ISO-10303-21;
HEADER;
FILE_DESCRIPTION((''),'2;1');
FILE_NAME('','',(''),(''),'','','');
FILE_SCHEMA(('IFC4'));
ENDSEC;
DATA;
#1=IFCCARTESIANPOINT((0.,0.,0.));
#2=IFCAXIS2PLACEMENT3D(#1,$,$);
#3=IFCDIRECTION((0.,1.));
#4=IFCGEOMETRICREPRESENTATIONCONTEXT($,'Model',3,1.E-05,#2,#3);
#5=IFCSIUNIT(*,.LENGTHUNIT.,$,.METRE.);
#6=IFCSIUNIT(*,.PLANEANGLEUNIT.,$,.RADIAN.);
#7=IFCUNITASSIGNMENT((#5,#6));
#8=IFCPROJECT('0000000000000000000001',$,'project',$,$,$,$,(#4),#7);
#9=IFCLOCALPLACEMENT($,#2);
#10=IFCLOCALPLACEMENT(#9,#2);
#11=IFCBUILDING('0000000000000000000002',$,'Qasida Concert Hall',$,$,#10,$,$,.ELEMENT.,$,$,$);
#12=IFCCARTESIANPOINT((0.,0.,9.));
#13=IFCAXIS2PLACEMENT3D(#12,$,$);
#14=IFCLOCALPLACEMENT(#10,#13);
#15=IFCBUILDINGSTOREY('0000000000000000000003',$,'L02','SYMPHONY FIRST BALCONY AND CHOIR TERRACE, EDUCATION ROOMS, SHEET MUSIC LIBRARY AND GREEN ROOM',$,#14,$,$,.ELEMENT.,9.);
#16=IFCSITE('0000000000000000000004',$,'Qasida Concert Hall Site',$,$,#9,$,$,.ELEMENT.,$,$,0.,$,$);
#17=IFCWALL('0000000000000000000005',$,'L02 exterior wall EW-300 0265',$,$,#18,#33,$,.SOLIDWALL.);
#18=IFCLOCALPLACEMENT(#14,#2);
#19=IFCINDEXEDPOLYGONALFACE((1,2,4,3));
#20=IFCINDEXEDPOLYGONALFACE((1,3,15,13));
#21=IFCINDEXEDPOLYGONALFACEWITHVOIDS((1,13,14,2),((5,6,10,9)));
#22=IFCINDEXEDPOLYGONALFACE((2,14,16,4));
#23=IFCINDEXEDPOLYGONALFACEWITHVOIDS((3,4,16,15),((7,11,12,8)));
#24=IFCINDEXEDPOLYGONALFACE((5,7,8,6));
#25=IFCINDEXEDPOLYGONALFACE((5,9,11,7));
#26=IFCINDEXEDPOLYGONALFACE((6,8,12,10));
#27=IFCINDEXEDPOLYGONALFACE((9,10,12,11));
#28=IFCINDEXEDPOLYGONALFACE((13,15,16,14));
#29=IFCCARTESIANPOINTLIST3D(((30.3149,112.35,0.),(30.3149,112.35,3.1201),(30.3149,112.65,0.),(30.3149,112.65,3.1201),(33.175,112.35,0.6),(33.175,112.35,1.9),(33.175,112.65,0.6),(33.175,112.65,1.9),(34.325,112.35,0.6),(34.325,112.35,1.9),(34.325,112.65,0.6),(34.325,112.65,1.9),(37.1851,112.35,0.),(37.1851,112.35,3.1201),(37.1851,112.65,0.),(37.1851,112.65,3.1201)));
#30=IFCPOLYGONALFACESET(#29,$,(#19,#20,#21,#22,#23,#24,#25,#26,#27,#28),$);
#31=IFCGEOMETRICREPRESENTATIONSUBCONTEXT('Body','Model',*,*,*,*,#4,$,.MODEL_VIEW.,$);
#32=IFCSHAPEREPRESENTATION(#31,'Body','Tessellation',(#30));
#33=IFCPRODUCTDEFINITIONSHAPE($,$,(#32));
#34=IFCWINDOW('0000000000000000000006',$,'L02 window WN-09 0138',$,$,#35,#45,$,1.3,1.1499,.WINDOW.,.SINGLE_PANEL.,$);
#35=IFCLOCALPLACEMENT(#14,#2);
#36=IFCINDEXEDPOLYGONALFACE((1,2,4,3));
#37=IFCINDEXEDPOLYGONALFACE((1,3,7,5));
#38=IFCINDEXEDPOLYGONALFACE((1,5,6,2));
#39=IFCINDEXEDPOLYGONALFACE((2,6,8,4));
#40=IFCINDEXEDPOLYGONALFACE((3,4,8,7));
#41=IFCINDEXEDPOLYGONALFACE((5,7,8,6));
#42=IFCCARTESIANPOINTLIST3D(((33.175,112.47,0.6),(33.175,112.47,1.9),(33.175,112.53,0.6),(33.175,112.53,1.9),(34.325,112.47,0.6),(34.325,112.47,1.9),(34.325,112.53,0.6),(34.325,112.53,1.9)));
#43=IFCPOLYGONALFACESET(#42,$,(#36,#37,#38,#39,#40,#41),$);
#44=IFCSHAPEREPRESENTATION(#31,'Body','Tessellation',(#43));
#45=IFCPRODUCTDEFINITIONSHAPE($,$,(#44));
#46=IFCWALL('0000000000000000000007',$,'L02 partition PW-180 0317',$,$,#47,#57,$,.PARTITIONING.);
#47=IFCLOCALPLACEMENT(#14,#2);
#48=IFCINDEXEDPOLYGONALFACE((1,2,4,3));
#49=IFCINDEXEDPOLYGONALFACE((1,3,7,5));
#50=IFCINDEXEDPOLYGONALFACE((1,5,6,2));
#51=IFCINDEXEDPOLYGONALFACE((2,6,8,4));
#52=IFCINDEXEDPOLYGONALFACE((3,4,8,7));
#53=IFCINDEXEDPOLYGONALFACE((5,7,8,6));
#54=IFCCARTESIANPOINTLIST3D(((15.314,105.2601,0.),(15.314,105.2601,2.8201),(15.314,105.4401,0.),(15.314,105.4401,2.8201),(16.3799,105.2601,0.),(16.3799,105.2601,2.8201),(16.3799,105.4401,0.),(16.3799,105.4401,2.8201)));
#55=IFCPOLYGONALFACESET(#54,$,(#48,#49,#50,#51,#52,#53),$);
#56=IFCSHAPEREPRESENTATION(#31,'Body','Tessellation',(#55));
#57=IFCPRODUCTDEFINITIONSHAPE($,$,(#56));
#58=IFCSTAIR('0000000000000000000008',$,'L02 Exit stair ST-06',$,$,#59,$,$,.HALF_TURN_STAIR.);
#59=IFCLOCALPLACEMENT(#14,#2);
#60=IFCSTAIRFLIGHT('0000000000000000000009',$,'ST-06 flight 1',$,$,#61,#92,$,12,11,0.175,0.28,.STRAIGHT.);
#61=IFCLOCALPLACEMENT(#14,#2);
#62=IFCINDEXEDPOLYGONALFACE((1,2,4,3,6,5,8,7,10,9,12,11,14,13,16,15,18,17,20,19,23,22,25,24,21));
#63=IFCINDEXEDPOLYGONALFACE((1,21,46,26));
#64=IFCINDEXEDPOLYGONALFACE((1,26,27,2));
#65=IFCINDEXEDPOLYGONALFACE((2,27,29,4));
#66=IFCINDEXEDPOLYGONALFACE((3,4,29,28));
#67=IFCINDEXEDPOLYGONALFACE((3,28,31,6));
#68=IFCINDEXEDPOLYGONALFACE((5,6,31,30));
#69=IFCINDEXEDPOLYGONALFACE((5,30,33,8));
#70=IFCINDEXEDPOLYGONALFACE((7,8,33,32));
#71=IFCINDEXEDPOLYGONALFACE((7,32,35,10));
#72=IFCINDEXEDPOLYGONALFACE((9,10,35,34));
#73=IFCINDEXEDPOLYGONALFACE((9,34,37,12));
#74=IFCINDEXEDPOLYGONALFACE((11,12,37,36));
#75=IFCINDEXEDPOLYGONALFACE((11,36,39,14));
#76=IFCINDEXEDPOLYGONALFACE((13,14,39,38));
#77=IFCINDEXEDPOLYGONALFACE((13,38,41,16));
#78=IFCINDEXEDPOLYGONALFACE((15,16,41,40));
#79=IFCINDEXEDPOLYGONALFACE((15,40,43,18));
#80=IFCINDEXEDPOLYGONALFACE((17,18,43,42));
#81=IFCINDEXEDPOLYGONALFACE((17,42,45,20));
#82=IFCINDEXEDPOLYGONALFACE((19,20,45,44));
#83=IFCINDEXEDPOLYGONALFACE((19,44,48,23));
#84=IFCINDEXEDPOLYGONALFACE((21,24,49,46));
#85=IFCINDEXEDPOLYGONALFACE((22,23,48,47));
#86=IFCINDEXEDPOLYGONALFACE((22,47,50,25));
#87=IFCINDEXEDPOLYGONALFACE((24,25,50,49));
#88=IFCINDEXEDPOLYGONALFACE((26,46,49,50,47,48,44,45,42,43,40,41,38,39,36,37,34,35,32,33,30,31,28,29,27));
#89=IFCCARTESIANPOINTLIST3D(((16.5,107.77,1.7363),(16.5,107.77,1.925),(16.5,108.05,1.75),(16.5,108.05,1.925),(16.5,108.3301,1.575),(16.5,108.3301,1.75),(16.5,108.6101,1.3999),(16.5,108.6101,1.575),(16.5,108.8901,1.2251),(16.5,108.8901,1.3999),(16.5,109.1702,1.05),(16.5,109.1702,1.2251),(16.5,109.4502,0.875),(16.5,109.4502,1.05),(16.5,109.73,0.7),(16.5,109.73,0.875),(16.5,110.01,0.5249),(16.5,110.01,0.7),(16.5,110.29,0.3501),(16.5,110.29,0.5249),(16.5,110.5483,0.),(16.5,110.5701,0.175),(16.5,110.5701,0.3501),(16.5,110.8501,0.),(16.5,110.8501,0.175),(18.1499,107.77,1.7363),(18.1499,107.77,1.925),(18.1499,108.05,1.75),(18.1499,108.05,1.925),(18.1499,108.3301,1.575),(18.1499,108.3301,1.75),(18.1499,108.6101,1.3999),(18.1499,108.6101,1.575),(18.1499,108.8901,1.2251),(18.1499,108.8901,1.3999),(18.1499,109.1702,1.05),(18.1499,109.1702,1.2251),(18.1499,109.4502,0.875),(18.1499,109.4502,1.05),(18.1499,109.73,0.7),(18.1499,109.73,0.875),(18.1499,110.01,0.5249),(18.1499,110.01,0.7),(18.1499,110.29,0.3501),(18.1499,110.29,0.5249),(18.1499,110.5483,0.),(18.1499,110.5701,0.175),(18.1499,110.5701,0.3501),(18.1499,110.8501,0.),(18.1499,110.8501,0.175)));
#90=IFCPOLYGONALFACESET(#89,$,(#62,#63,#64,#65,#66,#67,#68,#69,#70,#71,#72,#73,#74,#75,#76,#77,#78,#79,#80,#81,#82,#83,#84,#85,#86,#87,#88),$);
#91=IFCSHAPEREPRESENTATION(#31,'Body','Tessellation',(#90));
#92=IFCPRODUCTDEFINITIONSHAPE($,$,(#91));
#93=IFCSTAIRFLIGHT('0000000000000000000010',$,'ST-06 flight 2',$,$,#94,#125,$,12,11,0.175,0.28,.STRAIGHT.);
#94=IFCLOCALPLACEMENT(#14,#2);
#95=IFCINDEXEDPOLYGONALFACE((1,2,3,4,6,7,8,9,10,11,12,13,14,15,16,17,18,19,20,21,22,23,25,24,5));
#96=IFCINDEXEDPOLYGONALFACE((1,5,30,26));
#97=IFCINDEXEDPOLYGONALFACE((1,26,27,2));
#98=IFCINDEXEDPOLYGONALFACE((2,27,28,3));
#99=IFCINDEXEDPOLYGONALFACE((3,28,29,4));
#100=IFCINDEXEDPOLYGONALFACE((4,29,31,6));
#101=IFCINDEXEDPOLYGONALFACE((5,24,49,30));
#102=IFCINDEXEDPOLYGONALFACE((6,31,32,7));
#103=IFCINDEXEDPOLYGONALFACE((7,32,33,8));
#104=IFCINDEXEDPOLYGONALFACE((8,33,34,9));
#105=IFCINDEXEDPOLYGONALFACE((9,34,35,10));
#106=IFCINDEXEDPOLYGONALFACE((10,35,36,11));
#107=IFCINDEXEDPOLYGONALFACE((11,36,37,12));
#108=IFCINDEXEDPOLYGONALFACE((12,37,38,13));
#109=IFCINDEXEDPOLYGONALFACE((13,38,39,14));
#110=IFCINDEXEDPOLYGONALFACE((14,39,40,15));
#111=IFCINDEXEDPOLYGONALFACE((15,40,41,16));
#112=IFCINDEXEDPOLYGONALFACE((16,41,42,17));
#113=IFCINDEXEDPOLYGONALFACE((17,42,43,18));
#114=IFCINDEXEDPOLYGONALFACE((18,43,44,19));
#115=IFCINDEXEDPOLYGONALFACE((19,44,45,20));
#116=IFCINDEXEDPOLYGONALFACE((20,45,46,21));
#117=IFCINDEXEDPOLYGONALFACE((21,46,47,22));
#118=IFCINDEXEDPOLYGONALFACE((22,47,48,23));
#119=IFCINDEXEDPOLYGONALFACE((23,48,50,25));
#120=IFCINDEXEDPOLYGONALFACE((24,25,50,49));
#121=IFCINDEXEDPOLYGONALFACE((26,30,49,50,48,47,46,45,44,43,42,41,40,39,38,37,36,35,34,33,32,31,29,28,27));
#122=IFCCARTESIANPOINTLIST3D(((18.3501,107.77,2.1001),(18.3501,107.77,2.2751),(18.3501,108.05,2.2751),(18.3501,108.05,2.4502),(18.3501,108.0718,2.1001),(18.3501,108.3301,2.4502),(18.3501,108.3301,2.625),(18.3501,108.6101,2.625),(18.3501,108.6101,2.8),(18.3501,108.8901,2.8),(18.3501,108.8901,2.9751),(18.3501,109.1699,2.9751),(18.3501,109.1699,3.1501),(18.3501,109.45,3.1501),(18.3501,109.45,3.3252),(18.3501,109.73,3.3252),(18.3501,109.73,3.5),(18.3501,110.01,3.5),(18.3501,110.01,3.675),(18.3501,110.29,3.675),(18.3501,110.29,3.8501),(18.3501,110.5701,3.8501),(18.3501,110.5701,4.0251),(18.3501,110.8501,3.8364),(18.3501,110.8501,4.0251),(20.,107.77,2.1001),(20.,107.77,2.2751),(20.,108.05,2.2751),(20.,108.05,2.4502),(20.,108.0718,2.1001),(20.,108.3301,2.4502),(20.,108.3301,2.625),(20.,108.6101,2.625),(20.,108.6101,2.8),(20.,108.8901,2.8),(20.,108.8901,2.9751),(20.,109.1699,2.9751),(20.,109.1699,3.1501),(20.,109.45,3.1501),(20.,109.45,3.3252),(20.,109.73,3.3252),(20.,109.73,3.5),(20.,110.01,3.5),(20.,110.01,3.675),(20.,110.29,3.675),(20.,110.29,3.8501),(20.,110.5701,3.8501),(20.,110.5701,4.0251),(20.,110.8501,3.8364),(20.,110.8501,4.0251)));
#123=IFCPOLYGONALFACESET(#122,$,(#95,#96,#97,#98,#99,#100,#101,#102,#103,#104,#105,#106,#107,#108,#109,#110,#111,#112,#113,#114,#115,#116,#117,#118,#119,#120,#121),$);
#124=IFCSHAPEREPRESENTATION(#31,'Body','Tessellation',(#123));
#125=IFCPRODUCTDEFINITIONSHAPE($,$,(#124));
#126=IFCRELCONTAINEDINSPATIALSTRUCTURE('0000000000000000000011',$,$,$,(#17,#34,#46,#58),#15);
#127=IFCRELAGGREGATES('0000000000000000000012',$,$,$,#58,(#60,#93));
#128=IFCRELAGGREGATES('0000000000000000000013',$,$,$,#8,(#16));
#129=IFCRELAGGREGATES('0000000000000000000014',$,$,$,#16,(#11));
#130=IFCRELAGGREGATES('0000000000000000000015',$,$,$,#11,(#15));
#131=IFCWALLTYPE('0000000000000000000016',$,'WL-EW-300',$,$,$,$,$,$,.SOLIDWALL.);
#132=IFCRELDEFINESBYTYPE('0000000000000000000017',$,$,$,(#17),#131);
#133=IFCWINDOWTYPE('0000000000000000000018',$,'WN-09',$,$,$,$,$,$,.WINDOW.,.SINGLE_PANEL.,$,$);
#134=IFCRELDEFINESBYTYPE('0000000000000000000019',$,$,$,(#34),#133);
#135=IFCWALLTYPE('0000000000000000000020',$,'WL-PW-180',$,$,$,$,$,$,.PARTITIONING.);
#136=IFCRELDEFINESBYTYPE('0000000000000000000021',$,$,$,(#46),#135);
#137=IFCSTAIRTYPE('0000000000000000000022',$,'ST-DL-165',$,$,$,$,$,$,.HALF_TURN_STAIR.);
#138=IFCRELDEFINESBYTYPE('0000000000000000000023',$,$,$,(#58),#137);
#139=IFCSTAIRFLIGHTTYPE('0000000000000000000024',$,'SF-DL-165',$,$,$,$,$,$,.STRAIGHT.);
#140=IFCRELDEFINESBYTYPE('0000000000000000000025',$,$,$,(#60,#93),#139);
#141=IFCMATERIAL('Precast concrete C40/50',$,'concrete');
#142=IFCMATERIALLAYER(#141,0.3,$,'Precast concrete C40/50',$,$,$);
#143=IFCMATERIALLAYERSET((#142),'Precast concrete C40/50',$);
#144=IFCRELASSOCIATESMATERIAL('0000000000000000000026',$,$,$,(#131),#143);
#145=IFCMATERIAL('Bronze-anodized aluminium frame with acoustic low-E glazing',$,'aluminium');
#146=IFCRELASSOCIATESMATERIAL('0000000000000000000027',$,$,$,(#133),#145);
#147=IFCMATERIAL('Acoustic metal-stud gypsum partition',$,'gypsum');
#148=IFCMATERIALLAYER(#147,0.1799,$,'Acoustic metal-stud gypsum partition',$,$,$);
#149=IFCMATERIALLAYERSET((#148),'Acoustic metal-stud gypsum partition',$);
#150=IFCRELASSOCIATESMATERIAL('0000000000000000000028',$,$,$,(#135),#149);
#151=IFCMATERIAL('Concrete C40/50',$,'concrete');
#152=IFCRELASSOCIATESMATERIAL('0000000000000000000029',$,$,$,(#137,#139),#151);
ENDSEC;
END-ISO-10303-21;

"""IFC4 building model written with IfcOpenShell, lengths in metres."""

from ifc_helpers import new_model, si_unit, direction, frame, frame_2d, origin, place, context, subcontext, project, spatial, polyline, rectangle, outline, extrude, material, layer, layer_set, type_object, element, fill, aggregate, save


model = new_model("IFC4")

# Units and contexts
model_context = context("Model", 3, precision=1e-05, world=origin(), true_north=direction((0.0, 1.0)))
body_context = subcontext(model_context, "Body", "Model", "MODEL_VIEW")
ifc_project = project(units=[si_unit("LENGTHUNIT", "METRE"), si_unit("PLANEANGLEUNIT", "RADIAN")], contexts=[model_context])

# Site, building, storey
site_placement = place(None, origin())
site = spatial("IfcSite", under=ifc_project, at=site_placement, Name="Qasida Concert Hall Site", CompositionType="ELEMENT", RefElevation=0.0)
building_placement = place(site_placement, origin())
building = spatial("IfcBuilding", under=site, at=building_placement, Name="Qasida Concert Hall", CompositionType="ELEMENT")
storey_placement = place(building_placement, frame((0.0, 0.0, 9.0)))
storey = spatial("IfcBuildingStorey", under=building, at=storey_placement, Name="L02", Description="SYMPHONY FIRST BALCONY AND CHOIR TERRACE, EDUCATION ROOMS, SHEET MUSIC LIBRARY AND GREEN ROOM", CompositionType="ELEMENT", Elevation=9.0)

# Shared definitions
ifc_material_1 = material(Name="Concrete C40/50", Category="concrete")

# Shared definitions
ifc_material_2 = material(Name="Precast concrete C40/50", Category="concrete")
ifc_layer_1 = layer(ifc_material_2, 0.3, Name="Precast concrete C40/50")
ifc_layer_set_1 = layer_set([ifc_layer_1], Name="Precast concrete C40/50")
wall_type_1 = type_object("IfcWallType", Name="WL-EW-300", PredefinedType="SOLIDWALL", material=ifc_layer_set_1)

# Wall, opening, window
ifc_material_3 = material(Name="Bronze-anodized aluminium frame with acoustic low-E glazing", Category="aluminium")
wall_1_placement = place(storey_placement, frame((30.3149, 112.5, 0.0), z_axis=(0.0, 0.0, 1.0), x_axis=(1.0, 0.0, 0.0)))
wall_1 = element("IfcWall", 1, at=wall_1_placement, inside=storey, type_object=wall_type_1, Name="L02 exterior wall EW-300 0265", PredefinedType="SOLIDWALL", context=body_context, shape_type="SweptSolid", body=[
    extrude(rectangle(XDim=6.8701, YDim=0.3, at=frame_2d((3.4351, 0.0))), origin(), (0.0, 0.0, 1.0), 3.1201),
])
opening_1_placement = place(wall_1_placement, frame((2.8601, 0.0, 0.6001)))
opening_1 = element("IfcOpeningElement", 2, at=opening_1_placement, cuts=wall_1, PredefinedType="OPENING", context=body_context, shape_type="SweptSolid", body=[
    extrude(rectangle(XDim=1.1499, YDim=1.3, at=frame_2d((0.575, 0.6499))), frame((0.0, 0.1599, 0.0), z_axis=(0.0, -1.0, 0.0), x_axis=(1.0, 0.0, 0.0)), (0.0, 0.0, 1.0), 0.3201),
])
window_type_1 = type_object("IfcWindowType", Name="WN-09", PartitioningType="SINGLE_PANEL", PredefinedType="WINDOW", material=ifc_material_3)
window_1_placement = place(opening_1_placement, origin())
window_1 = element("IfcWindow", 3, at=window_1_placement, inside=storey, type_object=window_type_1, Name="L02 window WN-09 0138", OverallHeight=1.3, OverallWidth=1.1499, PartitioningType="SINGLE_PANEL", PredefinedType="WINDOW", context=body_context, shape_type="SweptSolid", body=[
    extrude(rectangle(XDim=1.1499, YDim=1.3, at=frame_2d((0.575, 0.6499))), frame((0.0, 0.03, 0.0), z_axis=(0.0, -1.0, 0.0), x_axis=(1.0, 0.0, 0.0)), (0.0, 0.0, 1.0), 0.0601),
])
fill(opening_1, window_1)

# Wall
ifc_material_4 = material(Name="Acoustic metal-stud gypsum partition", Category="gypsum")
ifc_layer_2 = layer(ifc_material_4, 0.1799, Name="Acoustic metal-stud gypsum partition")
ifc_layer_set_2 = layer_set([ifc_layer_2], Name="Acoustic metal-stud gypsum partition")
wall_type_2 = type_object("IfcWallType", Name="WL-PW-180", PredefinedType="PARTITIONING", material=ifc_layer_set_2)
wall_2_placement = place(storey_placement, frame((15.314, 105.3501, 0.0), z_axis=(0.0, 0.0, 1.0), x_axis=(1.0, 0.0, 0.0)))
element("IfcWall", 4, at=wall_2_placement, inside=storey, type_object=wall_type_2, Name="L02 partition PW-180 0317", PredefinedType="PARTITIONING", context=body_context, shape_type="SweptSolid", body=[
    extrude(rectangle(XDim=1.0659, YDim=0.1799, at=frame_2d((0.533, 0.0))), origin(), (0.0, 0.0, 1.0), 2.8201),
])

# Stair, stair flights
stair_type = type_object("IfcStairType", Name="ST-DL-165", PredefinedType="HALF_TURN_STAIR", material=ifc_material_1)
stair_placement = place(storey_placement, origin())
stair = element("IfcStair", 5, at=stair_placement, inside=storey, type_object=stair_type, Name="L02 Exit stair ST-06", PredefinedType="HALF_TURN_STAIR")
stair_flight_type = type_object("IfcStairFlightType", Name="SF-DL-165", PredefinedType="STRAIGHT", material=ifc_material_1)
stair_flight_1_placement = place(storey_placement, frame((17.325, 110.8501, 0.0), z_axis=(0.0, 0.0, 1.0), x_axis=(0.0, -1.0, 0.0)))
stair_flight_1 = element("IfcStairFlight", 6, at=stair_flight_1_placement, type_object=stair_flight_type, Name="ST-06 flight 1", NumberOfRisers=12, NumberOfTreads=11, PredefinedType="STRAIGHT", RiserHeight=0.175, TreadLength=0.28, context=body_context, shape_type="SweptSolid", body=[
    extrude(outline(polyline([(0.0, 0.0), (0.0, 0.175), (0.28, 0.175), (0.28, 0.3501), (0.5601, 0.3501), (0.5601, 0.5249), (0.8401, 0.5249), (0.8401, 0.7), (1.1201, 0.7), (1.1201, 0.875), (1.3999, 0.875), (1.3999, 1.05), (1.6799, 1.05), (1.6799, 1.2251), (1.96, 1.2251), (1.96, 1.3999), (2.24, 1.3999), (2.24, 1.575), (2.52, 1.575), (2.52, 1.75), (2.8, 1.75), (2.8, 1.925), (3.0801, 1.925), (3.0801, 2.1001), (3.0801, 1.7363), (0.3018, 0.0), (0.0, 0.0)])), frame((0.0, 0.825, 0.0), z_axis=(0.0, -1.0, 0.0), x_axis=(1.0, 0.0, 0.0)), (0.0, 0.0, 1.0), 1.6499),
])
stair_flight_2_placement = place(storey_placement, frame((19.175, 107.77, 2.1001), z_axis=(0.0, 0.0, 1.0), x_axis=(0.0, 1.0, 0.0)))
stair_flight_2 = element("IfcStairFlight", 7, at=stair_flight_2_placement, type_object=stair_flight_type, Name="ST-06 flight 2", NumberOfRisers=12, NumberOfTreads=11, PredefinedType="STRAIGHT", RiserHeight=0.175, TreadLength=0.28, context=body_context, shape_type="SweptSolid", body=[
    extrude(outline(polyline([(0.0, 0.0), (0.0, 0.175), (0.28, 0.175), (0.28, 0.3501), (0.5601, 0.3501), (0.5601, 0.5249), (0.8401, 0.5249), (0.8401, 0.7), (1.1201, 0.7), (1.1201, 0.875), (1.3999, 0.875), (1.3999, 1.05), (1.6799, 1.05), (1.6799, 1.2251), (1.96, 1.2251), (1.96, 1.3999), (2.24, 1.3999), (2.24, 1.575), (2.52, 1.575), (2.52, 1.75), (2.8, 1.75), (2.8, 1.925), (3.0801, 1.925), (3.0801, 2.1001), (3.0801, 1.7363), (0.3018, 0.0), (0.0, 0.0)])), frame((0.0, 0.825, 0.0), z_axis=(0.0, -1.0, 0.0), x_axis=(1.0, 0.0, 0.0)), (0.0, 0.0, 1.0), 1.6499),
])
aggregate(stair, [stair_flight_1, stair_flight_2])

save(model, "model.ifc")
